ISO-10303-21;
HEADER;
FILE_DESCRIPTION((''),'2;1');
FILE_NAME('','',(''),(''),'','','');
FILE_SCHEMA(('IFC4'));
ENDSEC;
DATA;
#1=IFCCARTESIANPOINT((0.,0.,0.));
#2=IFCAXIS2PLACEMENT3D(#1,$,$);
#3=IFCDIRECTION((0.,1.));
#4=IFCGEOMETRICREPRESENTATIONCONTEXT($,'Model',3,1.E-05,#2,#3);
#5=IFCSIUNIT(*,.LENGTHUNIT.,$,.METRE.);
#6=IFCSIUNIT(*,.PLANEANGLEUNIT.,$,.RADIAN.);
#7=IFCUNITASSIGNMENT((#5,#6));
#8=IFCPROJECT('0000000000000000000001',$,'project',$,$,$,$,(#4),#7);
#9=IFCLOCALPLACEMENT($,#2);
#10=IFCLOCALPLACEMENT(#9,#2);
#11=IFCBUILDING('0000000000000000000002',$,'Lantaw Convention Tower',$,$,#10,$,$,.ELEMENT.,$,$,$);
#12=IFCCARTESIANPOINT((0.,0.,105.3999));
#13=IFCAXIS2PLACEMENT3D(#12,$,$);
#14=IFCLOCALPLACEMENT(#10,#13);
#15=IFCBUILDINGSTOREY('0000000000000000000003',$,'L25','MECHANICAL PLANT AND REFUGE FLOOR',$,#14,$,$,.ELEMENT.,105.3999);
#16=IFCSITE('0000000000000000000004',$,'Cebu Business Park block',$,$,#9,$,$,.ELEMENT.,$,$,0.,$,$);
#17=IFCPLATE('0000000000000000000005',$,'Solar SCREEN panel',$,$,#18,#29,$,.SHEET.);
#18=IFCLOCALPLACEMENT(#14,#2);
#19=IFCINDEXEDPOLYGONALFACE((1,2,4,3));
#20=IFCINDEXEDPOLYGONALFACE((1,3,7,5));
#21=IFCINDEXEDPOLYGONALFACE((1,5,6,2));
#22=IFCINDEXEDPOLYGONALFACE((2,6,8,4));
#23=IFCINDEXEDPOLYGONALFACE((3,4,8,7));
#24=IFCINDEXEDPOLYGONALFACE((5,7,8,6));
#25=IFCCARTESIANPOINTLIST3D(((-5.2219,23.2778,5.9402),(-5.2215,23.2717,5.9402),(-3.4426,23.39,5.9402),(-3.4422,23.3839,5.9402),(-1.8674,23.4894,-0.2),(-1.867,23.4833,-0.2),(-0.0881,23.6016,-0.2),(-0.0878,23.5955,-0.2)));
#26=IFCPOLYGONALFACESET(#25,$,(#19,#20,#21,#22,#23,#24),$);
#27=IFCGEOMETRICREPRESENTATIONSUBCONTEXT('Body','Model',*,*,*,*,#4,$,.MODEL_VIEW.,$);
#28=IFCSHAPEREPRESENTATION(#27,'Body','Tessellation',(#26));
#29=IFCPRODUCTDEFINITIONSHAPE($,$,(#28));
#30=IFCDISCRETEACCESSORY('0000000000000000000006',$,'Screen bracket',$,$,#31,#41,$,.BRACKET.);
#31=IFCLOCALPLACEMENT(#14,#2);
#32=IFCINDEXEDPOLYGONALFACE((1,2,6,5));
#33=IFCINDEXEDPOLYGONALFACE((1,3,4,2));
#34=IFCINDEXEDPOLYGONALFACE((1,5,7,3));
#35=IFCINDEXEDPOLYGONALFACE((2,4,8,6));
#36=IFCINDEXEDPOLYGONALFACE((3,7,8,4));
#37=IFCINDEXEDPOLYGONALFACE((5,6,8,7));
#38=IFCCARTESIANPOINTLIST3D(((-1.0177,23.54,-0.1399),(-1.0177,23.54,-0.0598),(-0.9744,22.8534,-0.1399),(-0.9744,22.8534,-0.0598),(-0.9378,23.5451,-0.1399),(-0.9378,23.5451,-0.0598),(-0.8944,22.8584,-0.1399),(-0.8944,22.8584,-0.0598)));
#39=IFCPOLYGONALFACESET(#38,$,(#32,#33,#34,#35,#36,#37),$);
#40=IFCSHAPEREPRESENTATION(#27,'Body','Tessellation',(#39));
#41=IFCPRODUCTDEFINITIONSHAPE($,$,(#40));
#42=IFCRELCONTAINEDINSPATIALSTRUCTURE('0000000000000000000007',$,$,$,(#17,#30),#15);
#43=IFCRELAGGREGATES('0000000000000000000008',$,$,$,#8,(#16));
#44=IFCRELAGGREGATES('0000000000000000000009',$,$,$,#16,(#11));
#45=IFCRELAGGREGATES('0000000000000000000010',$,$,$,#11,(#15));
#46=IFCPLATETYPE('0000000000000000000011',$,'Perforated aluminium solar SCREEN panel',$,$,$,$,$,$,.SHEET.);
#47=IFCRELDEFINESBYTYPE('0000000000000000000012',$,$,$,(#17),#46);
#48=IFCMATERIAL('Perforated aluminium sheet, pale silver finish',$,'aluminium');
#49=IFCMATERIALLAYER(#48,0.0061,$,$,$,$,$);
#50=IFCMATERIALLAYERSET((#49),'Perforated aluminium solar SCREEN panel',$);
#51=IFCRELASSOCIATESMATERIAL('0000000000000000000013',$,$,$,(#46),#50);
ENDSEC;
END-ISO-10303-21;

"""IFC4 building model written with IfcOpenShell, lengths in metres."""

from ifc_helpers import new_model, si_unit, direction, frame, origin, origin_2d, place, context, subcontext, project, spatial, polyline, rectangle, outline, extrude, material, layer, layer_set, type_object, element, save


model = new_model("IFC4")

# Units and contexts
model_context = context("Model", 3, precision=1e-05, world=origin(), true_north=direction((0.0, 1.0)))
body_context = subcontext(model_context, "Body", "Model", "MODEL_VIEW")
ifc_project = project(units=[si_unit("LENGTHUNIT", "METRE"), si_unit("PLANEANGLEUNIT", "RADIAN")], contexts=[model_context])

# Site, building, storey
site_placement = place(None, origin())
site = spatial("IfcSite", under=ifc_project, at=site_placement, Name="Cebu Business Park block", CompositionType="ELEMENT", RefElevation=0.0)
building_placement = place(site_placement, origin())
building = spatial("IfcBuilding", under=site, at=building_placement, Name="Lantaw Convention Tower", CompositionType="ELEMENT")
storey_placement = place(building_placement, frame((0.0, 0.0, 105.3999)))
storey = spatial("IfcBuildingStorey", under=building, at=storey_placement, Name="L25", Description="MECHANICAL PLANT AND REFUGE FLOOR", CompositionType="ELEMENT", Elevation=105.3999)

# Plate
ifc_material_1 = material(Name="Perforated aluminium sheet, pale silver finish", Category="aluminium")
ifc_layer_1 = layer(ifc_material_1, 0.0061)
ifc_layer_set_1 = layer_set([ifc_layer_1], Name="Perforated aluminium solar SCREEN panel")
plate_type_1 = type_object("IfcPlateType", Name="Perforated aluminium solar SCREEN panel", PredefinedType="SHEET", material=ifc_layer_set_1)
plate_1_placement = place(storey_placement, frame((-0.0881, 23.6016, -0.2), z_axis=(-0.062924, 0.998018, 0.000008), x_axis=(-0.998018, -0.062924, 0.0)))
element("IfcPlate", 1, at=plate_1_placement, inside=storey, type_object=plate_type_1, Name="Solar SCREEN panel", PredefinedType="SHEET", context=body_context, shape_type="SweptSolid", body=[
    extrude(outline(polyline([(0.0, 0.0), (1.7828, 0.0), (5.144, 6.1401), (3.3611, 6.1401), (0.0, 0.0)])), origin(), (0.0, 0.0, -1.0), 0.0061),
])

# Discrete accessory
discrete_accessory_placement = place(storey_placement, frame((-0.9561, 23.1992, -0.1399), z_axis=(0.0, 0.0, 1.0), x_axis=(-0.998016, -0.062958, 0.0)))
element("IfcDiscreteAccessory", 2, at=discrete_accessory_placement, inside=storey, Name="Screen bracket", PredefinedType="BRACKET", context=body_context, shape_type="SweptSolid", body=[
    extrude(rectangle(XDim=0.0801, YDim=0.688, at=origin_2d()), origin(), (0.0, 0.0, 1.0), 0.0801),
])

save(model, "model.ifc")
